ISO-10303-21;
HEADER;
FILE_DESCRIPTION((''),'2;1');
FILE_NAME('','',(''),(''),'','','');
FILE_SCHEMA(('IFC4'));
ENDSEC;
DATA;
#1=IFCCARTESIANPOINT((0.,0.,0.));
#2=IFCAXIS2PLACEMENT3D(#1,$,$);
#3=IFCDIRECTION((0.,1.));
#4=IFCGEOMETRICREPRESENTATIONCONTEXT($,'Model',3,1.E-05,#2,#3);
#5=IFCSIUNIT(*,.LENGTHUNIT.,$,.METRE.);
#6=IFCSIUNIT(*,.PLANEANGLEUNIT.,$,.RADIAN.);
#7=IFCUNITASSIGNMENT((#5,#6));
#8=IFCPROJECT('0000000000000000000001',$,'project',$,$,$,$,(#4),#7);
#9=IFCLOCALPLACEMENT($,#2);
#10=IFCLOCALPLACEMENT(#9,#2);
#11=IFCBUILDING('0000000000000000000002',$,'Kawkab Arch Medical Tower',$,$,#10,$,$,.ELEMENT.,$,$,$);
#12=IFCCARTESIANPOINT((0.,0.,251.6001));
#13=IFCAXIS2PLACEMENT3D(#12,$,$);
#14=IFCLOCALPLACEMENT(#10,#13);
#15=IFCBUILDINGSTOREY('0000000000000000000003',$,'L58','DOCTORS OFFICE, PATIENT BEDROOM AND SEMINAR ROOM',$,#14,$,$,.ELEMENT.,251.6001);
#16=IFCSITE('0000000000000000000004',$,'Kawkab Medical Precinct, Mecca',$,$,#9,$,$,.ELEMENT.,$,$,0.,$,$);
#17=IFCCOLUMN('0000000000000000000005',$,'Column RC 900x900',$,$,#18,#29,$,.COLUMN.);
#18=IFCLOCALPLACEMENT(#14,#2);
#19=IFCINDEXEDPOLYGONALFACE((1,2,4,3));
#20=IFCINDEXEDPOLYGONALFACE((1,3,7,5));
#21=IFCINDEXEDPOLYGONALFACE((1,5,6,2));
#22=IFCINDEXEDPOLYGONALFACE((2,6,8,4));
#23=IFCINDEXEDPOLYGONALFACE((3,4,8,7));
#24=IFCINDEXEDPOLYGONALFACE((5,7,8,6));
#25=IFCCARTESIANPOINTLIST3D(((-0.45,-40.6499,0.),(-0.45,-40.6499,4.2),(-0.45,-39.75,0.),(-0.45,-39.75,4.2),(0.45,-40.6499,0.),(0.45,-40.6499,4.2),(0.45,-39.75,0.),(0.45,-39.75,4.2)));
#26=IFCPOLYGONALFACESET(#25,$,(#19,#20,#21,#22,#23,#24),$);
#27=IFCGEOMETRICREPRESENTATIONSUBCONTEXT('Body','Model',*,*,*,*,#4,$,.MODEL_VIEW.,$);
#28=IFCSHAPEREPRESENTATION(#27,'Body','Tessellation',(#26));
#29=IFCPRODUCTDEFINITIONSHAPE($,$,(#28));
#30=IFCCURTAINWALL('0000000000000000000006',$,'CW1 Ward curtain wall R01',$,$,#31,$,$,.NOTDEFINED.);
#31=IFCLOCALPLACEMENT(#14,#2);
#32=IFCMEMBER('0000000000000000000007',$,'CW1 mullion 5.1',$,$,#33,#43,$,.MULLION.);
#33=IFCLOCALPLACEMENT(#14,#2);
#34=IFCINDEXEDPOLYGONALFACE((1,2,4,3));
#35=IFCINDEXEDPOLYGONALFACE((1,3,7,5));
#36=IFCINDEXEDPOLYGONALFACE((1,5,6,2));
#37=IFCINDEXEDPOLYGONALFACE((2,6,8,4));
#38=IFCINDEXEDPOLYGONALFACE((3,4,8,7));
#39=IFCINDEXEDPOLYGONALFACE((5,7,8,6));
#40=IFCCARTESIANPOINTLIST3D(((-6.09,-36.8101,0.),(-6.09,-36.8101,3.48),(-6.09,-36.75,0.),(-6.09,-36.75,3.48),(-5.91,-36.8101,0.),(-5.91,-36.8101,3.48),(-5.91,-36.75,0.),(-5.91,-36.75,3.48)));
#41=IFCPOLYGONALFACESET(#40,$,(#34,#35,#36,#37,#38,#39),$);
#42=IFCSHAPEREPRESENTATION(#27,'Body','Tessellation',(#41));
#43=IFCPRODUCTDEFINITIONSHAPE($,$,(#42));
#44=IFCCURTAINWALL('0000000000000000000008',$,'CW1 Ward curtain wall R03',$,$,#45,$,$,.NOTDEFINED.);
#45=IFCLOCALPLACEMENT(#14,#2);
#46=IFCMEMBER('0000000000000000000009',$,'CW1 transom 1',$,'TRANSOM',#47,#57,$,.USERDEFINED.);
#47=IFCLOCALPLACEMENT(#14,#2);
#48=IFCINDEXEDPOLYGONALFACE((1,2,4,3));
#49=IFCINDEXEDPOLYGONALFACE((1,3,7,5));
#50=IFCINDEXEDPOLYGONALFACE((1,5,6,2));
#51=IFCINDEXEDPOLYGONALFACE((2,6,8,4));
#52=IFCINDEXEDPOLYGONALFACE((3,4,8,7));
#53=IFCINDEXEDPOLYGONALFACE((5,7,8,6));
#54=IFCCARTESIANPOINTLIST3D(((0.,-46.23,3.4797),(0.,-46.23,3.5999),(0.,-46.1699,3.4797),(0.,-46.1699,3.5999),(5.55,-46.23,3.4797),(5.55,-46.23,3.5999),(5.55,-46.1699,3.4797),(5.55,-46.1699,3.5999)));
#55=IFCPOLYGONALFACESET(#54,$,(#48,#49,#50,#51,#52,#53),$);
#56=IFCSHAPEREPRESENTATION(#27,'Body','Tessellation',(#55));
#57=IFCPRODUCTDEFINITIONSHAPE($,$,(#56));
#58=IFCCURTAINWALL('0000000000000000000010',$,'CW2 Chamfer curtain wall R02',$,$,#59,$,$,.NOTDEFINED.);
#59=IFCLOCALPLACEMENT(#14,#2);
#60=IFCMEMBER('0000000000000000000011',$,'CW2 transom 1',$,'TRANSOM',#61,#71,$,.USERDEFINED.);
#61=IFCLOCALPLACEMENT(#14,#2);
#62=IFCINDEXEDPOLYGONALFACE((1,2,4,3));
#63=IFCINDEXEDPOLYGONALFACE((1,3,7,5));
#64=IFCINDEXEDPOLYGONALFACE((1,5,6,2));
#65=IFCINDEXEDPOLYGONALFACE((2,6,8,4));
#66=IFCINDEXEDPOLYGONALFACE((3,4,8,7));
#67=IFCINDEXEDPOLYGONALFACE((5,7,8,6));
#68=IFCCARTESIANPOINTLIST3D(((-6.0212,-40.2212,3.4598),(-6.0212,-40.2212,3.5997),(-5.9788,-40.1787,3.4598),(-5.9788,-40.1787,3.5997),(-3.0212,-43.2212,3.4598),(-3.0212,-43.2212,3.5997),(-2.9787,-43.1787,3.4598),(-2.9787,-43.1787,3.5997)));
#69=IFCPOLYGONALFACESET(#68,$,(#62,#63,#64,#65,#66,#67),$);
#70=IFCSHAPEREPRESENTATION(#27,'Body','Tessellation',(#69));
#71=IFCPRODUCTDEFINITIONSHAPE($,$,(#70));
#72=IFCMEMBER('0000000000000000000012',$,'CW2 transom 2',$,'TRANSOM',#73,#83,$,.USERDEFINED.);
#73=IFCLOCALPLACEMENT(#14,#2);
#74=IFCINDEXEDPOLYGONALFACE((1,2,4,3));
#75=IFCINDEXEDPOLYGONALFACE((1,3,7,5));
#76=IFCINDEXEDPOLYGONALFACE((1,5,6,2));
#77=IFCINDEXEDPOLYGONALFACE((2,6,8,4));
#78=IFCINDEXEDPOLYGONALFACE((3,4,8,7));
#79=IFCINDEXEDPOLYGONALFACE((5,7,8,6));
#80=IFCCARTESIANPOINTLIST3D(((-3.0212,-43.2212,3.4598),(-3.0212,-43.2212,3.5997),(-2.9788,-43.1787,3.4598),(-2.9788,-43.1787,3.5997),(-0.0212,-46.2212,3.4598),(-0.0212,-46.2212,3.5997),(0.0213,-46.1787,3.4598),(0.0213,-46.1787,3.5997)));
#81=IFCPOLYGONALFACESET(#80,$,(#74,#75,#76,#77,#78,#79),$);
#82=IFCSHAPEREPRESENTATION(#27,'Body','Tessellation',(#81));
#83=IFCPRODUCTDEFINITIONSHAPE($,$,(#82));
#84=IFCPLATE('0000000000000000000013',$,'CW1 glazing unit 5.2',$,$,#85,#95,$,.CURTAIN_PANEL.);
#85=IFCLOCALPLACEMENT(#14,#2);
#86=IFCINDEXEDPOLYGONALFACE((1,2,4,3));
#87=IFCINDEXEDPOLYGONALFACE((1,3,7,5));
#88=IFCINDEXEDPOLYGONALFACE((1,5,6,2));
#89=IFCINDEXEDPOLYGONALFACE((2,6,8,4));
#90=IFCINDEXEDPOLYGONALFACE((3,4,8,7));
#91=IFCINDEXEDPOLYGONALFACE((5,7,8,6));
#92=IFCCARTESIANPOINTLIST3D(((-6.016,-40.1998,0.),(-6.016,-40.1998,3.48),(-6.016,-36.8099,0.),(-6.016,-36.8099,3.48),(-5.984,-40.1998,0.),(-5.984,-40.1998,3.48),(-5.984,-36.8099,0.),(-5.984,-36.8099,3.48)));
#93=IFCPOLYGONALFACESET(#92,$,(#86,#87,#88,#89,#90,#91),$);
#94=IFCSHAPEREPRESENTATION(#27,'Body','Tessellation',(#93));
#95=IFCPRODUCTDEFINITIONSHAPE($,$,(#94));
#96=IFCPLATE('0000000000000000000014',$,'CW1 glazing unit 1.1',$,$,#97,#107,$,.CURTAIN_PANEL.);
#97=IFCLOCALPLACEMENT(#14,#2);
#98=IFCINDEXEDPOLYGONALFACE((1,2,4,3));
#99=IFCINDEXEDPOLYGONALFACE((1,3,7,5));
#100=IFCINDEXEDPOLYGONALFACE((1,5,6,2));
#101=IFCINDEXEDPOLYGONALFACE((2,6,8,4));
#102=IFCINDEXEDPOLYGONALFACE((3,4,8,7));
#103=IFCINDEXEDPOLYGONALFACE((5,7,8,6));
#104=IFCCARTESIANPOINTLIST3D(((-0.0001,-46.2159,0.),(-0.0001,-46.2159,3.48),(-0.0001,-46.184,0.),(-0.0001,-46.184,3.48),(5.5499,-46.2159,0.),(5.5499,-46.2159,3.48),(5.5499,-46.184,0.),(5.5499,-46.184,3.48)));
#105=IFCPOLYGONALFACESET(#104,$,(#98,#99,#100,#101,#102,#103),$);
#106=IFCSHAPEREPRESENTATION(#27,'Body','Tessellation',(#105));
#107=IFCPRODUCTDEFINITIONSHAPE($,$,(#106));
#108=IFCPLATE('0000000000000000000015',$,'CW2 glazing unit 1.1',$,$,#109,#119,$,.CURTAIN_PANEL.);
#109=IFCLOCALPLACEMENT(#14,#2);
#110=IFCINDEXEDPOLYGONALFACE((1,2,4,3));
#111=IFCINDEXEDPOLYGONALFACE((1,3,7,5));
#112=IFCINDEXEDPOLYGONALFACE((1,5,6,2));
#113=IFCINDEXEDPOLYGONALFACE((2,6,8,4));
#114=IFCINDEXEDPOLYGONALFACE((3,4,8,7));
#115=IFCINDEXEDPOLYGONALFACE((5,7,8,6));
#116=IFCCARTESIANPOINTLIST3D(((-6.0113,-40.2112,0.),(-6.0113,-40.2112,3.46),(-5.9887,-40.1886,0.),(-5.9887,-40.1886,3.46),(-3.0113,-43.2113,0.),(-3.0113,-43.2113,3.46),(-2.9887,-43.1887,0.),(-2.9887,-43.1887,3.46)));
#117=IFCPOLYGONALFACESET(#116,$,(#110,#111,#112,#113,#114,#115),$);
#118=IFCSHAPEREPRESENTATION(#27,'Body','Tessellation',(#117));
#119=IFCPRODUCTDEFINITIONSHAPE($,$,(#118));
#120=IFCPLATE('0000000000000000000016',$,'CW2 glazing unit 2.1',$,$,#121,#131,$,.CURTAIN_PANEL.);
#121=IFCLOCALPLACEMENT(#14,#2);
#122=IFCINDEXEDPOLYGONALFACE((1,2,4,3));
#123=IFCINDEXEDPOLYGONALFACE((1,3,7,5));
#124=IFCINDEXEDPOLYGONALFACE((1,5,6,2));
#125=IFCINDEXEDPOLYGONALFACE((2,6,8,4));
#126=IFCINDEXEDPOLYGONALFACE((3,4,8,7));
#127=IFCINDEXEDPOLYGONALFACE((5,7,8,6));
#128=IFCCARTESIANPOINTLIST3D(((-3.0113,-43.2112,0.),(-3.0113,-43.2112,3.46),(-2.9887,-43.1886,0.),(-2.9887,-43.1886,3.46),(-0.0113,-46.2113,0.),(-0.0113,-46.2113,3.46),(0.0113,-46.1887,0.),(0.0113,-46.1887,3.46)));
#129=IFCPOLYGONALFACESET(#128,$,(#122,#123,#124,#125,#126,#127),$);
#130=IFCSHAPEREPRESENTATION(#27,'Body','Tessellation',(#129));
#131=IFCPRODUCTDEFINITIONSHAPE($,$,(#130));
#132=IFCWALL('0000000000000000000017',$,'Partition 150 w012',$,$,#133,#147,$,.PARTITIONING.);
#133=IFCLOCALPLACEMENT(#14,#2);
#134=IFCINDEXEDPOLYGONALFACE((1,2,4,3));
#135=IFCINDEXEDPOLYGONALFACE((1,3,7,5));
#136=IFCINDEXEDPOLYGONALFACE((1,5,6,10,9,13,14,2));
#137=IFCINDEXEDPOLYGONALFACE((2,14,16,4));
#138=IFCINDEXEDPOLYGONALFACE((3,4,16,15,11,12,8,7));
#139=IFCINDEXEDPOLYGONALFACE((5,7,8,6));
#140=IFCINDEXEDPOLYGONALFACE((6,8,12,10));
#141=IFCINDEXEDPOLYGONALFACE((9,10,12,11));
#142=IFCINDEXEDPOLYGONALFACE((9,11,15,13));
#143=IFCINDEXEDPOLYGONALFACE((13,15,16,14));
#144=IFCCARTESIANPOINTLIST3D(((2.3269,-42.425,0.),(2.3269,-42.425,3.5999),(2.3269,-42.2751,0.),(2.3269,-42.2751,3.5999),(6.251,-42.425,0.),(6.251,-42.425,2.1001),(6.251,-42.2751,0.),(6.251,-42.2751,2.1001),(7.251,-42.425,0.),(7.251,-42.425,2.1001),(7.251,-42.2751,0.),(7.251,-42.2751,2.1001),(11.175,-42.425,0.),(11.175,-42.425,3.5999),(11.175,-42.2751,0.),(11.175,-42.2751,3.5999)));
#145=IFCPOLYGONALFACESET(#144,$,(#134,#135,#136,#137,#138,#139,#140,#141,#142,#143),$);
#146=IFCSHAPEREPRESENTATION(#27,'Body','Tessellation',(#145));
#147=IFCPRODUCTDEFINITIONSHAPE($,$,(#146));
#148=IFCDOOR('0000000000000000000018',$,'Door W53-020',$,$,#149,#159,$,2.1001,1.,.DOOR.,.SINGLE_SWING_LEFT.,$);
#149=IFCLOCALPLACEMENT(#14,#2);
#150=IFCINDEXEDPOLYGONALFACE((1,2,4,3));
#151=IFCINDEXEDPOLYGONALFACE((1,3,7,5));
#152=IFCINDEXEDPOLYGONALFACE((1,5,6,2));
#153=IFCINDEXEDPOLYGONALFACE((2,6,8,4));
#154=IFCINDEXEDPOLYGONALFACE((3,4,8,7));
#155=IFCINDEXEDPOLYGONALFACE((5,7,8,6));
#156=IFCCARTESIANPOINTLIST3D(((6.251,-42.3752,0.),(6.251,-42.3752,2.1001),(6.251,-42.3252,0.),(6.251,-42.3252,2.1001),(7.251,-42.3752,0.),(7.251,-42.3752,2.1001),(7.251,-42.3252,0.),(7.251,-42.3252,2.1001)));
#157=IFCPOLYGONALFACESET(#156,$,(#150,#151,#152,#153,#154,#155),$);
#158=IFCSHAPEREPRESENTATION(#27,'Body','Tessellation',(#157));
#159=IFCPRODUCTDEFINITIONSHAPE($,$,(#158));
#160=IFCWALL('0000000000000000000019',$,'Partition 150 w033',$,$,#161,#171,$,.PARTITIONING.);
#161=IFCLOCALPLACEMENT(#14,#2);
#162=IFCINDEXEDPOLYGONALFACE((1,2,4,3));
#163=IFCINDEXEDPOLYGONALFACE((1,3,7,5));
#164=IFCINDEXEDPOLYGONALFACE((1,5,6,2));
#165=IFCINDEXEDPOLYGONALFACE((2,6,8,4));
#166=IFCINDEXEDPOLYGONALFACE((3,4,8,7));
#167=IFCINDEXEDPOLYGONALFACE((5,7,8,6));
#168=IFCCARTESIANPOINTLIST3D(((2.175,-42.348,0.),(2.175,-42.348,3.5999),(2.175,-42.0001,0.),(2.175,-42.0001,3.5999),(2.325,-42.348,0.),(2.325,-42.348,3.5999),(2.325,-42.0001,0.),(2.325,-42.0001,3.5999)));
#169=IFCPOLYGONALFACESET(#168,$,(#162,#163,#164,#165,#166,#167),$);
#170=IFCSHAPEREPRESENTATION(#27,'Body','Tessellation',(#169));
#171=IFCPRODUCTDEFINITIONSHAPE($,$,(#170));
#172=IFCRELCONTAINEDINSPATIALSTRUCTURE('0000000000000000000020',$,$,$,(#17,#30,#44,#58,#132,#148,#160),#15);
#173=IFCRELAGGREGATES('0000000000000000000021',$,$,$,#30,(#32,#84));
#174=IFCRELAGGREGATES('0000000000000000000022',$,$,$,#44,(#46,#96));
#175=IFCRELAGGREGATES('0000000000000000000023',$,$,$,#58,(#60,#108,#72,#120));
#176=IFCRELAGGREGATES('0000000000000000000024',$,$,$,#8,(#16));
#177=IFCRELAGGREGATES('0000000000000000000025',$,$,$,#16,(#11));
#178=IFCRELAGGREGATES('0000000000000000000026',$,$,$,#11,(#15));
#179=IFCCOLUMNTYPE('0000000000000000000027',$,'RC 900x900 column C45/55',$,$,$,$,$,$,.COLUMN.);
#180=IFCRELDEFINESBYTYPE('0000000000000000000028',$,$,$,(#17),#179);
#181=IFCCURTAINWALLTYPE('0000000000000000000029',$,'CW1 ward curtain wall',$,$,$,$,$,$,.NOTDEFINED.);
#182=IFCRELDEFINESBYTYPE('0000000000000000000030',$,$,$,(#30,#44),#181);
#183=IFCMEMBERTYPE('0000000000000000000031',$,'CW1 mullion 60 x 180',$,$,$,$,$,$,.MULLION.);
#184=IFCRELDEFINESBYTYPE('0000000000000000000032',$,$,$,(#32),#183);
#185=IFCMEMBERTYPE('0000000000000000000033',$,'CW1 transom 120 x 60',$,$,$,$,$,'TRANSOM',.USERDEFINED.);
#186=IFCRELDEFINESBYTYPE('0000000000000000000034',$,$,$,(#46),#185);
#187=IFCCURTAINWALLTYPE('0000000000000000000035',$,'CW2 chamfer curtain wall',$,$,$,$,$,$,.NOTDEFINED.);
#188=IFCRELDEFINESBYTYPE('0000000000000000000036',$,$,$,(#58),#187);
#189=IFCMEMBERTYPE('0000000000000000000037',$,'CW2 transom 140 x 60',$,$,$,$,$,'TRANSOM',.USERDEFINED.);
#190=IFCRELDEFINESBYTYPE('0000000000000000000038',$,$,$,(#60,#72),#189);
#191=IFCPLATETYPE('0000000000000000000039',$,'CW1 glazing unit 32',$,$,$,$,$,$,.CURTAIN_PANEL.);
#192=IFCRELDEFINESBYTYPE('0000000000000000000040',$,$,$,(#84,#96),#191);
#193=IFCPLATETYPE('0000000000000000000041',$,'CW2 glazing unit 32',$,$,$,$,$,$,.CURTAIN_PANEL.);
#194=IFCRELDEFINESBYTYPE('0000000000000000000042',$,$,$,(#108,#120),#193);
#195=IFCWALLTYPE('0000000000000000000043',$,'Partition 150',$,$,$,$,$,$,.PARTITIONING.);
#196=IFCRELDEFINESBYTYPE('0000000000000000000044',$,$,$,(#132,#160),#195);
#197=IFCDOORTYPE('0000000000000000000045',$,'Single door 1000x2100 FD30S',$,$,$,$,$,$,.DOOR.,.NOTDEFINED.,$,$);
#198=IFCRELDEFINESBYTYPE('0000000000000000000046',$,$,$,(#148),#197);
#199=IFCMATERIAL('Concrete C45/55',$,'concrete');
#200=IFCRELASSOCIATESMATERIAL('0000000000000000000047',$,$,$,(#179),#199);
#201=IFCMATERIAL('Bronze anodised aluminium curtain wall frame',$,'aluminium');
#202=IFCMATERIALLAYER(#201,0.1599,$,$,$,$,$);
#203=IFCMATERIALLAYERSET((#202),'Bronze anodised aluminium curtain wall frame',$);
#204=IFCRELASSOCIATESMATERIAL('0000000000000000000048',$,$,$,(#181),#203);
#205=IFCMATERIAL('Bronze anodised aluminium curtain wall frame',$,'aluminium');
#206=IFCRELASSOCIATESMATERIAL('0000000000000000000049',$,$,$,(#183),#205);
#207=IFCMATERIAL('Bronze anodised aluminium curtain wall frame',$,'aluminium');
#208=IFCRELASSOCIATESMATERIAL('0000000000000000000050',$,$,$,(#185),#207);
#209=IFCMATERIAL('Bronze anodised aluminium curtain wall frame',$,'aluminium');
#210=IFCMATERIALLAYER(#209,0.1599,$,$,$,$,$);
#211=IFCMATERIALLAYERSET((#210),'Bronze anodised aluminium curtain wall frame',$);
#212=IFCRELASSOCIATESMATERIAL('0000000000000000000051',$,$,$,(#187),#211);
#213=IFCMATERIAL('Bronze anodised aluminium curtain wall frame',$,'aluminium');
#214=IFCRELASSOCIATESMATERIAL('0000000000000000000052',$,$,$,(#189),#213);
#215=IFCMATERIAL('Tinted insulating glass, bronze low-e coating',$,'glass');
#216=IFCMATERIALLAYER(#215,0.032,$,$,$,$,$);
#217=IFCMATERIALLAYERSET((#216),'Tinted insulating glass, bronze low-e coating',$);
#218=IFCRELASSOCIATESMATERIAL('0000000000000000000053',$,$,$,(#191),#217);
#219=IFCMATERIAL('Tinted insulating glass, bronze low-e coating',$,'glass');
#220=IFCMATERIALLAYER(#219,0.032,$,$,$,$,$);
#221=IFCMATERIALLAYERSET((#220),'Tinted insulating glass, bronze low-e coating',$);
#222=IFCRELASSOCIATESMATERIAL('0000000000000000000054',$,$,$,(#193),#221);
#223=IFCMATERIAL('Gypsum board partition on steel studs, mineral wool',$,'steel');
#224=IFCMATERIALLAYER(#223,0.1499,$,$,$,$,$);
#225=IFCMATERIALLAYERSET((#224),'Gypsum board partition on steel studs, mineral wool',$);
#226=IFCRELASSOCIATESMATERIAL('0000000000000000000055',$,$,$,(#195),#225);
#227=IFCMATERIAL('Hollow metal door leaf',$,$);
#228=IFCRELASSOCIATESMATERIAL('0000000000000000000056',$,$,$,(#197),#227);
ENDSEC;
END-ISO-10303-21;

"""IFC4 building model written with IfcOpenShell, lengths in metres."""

from ifc_helpers import new_model, si_unit, direction, frame, frame_2d, origin, origin_2d, place, context, subcontext, project, spatial, rectangle, extrude, material, layer, layer_set, material_profile, profile_set, type_object, element, fill, aggregate, save


model = new_model("IFC4")

# Units and contexts
model_context = context("Model", 3, precision=1e-05, world=origin(), true_north=direction((0.0, 1.0)))
body_context = subcontext(model_context, "Body", "Model", "MODEL_VIEW")
ifc_project = project(units=[si_unit("LENGTHUNIT", "METRE"), si_unit("PLANEANGLEUNIT", "RADIAN")], contexts=[model_context])

# Site, building, storey
site_placement = place(None, origin())
site = spatial("IfcSite", under=ifc_project, at=site_placement, Name="Kawkab Medical Precinct, Mecca", CompositionType="ELEMENT", RefElevation=0.0)
building_placement = place(site_placement, origin())
building = spatial("IfcBuilding", under=site, at=building_placement, Name="Kawkab Arch Medical Tower", CompositionType="ELEMENT")
storey_placement = place(building_placement, frame((0.0, 0.0, 251.6001)))
storey = spatial("IfcBuildingStorey", under=building, at=storey_placement, Name="L58", Description="DOCTORS OFFICE, PATIENT BEDROOM AND SEMINAR ROOM", CompositionType="ELEMENT", Elevation=251.6001)

# Column
ifc_material_1 = material(Name="Concrete C45/55", Category="concrete")
ifc_material_profile_1 = material_profile(ifc_material_1, rectangle(XDim=0.8999, YDim=0.8999, at=origin_2d()), Name="RC 900x900")
ifc_profile_set_1 = profile_set([ifc_material_profile_1], Name="Concrete C45/55")
column_type = type_object("IfcColumnType", Name="RC 900x900 column C45/55", PredefinedType="COLUMN", material=ifc_profile_set_1)
column_placement = place(storey_placement, frame((0.0, -40.2, 0.0), z_axis=(0.0, 0.0, 1.0), x_axis=(1.0, 0.0, 0.0)))
element("IfcColumn", 1, at=column_placement, inside=storey, type_object=column_type, Name="Column RC 900x900", PredefinedType="COLUMN", context=body_context, shape_type="SweptSolid", body=[
    extrude(rectangle(XDim=0.8999, YDim=0.8999, at=origin_2d()), origin(), (0.0, 0.0, 1.0), 4.2),
])

# Curtain walls, members
ifc_material_2 = material(Name="Bronze anodised aluminium curtain wall frame", Category="aluminium")
ifc_layer_1 = layer(ifc_material_2, 0.1599)
ifc_layer_set_1 = layer_set([ifc_layer_1], Name="Bronze anodised aluminium curtain wall frame")
curtain_wall_type_1 = type_object("IfcCurtainWallType", Name="CW1 ward curtain wall", PredefinedType="NOTDEFINED", material=ifc_layer_set_1)
placement = place(storey_placement, origin())
curtain_wall_1 = element("IfcCurtainWall", 2, at=placement, inside=storey, type_object=curtain_wall_type_1, Name="CW1 Ward curtain wall R01", PredefinedType="NOTDEFINED")
ifc_material_3 = material(Name="Bronze anodised aluminium curtain wall frame", Category="aluminium")
ifc_material_profile_2 = material_profile(ifc_material_3, rectangle(XDim=0.1799, YDim=0.0601, at=origin_2d()), Name="AL 60x180")
ifc_profile_set_2 = profile_set([ifc_material_profile_2], Name="Bronze anodised aluminium curtain wall frame")
member_type_1 = type_object("IfcMemberType", Name="CW1 mullion 60 x 180", PredefinedType="MULLION", material=ifc_profile_set_2)
member_1_placement = place(storey_placement, frame((-6.0, -36.78, 0.0), z_axis=(0.0, 0.0, 1.0), x_axis=(1.0, 0.0, 0.0)))
member_1 = element("IfcMember", 3, at=member_1_placement, type_object=member_type_1, Name="CW1 mullion 5.1", PredefinedType="MULLION", context=body_context, shape_type="SweptSolid", body=[
    extrude(rectangle(XDim=0.1799, YDim=0.0601, at=origin_2d()), origin(), (0.0, 0.0, 1.0), 3.48),
])
curtain_wall_2 = element("IfcCurtainWall", 4, at=placement, inside=storey, type_object=curtain_wall_type_1, Name="CW1 Ward curtain wall R03", PredefinedType="NOTDEFINED")
ifc_material_4 = material(Name="Bronze anodised aluminium curtain wall frame", Category="aluminium")
ifc_material_profile_3 = material_profile(ifc_material_4, rectangle(XDim=0.0601, YDim=0.1201, at=origin_2d()), Name="AL 60x120")
ifc_profile_set_3 = profile_set([ifc_material_profile_3], Name="Bronze anodised aluminium curtain wall frame")
member_type_2 = type_object("IfcMemberType", Name="CW1 transom 120 x 60", ElementType="TRANSOM", PredefinedType="USERDEFINED", material=ifc_profile_set_3)
member_2_placement = place(storey_placement, frame((0.0, -46.2, 3.5398), z_axis=(1.0, 0.0, 0.0), x_axis=(0.0, 1.0, 0.0)))
member_2 = element("IfcMember", 5, at=member_2_placement, type_object=member_type_2, Name="CW1 transom 1", ObjectType="TRANSOM", PredefinedType="USERDEFINED", context=body_context, shape_type="SweptSolid", body=[
    extrude(rectangle(XDim=0.0601, YDim=0.1201, at=origin_2d()), origin(), (0.0, 0.0, 1.0), 5.55),
])

# Curtain wall, members
ifc_material_5 = material(Name="Bronze anodised aluminium curtain wall frame", Category="aluminium")
ifc_layer_2 = layer(ifc_material_5, 0.1599)
ifc_layer_set_2 = layer_set([ifc_layer_2], Name="Bronze anodised aluminium curtain wall frame")
curtain_wall_type_2 = type_object("IfcCurtainWallType", Name="CW2 chamfer curtain wall", PredefinedType="NOTDEFINED", material=ifc_layer_set_2)
curtain_wall_3 = element("IfcCurtainWall", 6, at=placement, inside=storey, type_object=curtain_wall_type_2, Name="CW2 Chamfer curtain wall R02", PredefinedType="NOTDEFINED")
ifc_material_6 = material(Name="Bronze anodised aluminium curtain wall frame", Category="aluminium")
ifc_material_profile_4 = material_profile(ifc_material_6, rectangle(XDim=0.0601, YDim=0.1399, at=origin_2d()), Name="AL 60x140")
ifc_profile_set_4 = profile_set([ifc_material_profile_4], Name="Bronze anodised aluminium curtain wall frame")
member_type_3 = type_object("IfcMemberType", Name="CW2 transom 140 x 60", ElementType="TRANSOM", PredefinedType="USERDEFINED", material=ifc_profile_set_4)
member_3_placement = place(storey_placement, frame((-6.0, -40.2, 3.5298), z_axis=(0.707107, -0.707107, 0.0), x_axis=(0.707107, 0.707107, 0.0)))
member_3 = element("IfcMember", 7, at=member_3_placement, type_object=member_type_3, Name="CW2 transom 1", ObjectType="TRANSOM", PredefinedType="USERDEFINED", context=body_context, shape_type="SweptSolid", body=[
    extrude(rectangle(XDim=0.0601, YDim=0.1399, at=origin_2d()), origin(), (0.0, 0.0, 1.0), 4.2427),
])
member_4_placement = place(storey_placement, frame((-3.0, -43.2, 3.5298), z_axis=(0.707107, -0.707107, 0.0), x_axis=(0.707107, 0.707107, 0.0)))
member_4 = element("IfcMember", 8, at=member_4_placement, type_object=member_type_3, Name="CW2 transom 2", ObjectType="TRANSOM", PredefinedType="USERDEFINED", context=body_context, shape_type="SweptSolid", body=[
    extrude(rectangle(XDim=0.0601, YDim=0.1399, at=origin_2d()), origin(), (0.0, 0.0, 1.0), 4.2427),
])

# Plates
ifc_material_7 = material(Name="Tinted insulating glass, bronze low-e coating", Category="glass")
ifc_layer_3 = layer(ifc_material_7, 0.032)
ifc_layer_set_3 = layer_set([ifc_layer_3], Name="Tinted insulating glass, bronze low-e coating")
plate_type_1 = type_object("IfcPlateType", Name="CW1 glazing unit 32", PredefinedType="CURTAIN_PANEL", material=ifc_layer_set_3)
plate_1_placement = place(storey_placement, frame((-6.0, -38.5049, 0.0), z_axis=(0.0, 0.0, 1.0), x_axis=(0.0, -1.0, 0.0)))
plate_1 = element("IfcPlate", 9, at=plate_1_placement, type_object=plate_type_1, Name="CW1 glazing unit 5.2", PredefinedType="CURTAIN_PANEL", context=body_context, shape_type="SweptSolid", body=[
    extrude(rectangle(XDim=3.3899, YDim=0.032, at=origin_2d()), origin(), (0.0, 0.0, 1.0), 3.48),
])
aggregate(curtain_wall_1, [member_1, plate_1])
plate_2_placement = place(storey_placement, frame((2.7749, -46.2, 0.0), z_axis=(0.0, 0.0, 1.0), x_axis=(1.0, 0.0, 0.0)))
plate_2 = element("IfcPlate", 10, at=plate_2_placement, type_object=plate_type_1, Name="CW1 glazing unit 1.1", PredefinedType="CURTAIN_PANEL", context=body_context, shape_type="SweptSolid", body=[
    extrude(rectangle(XDim=5.55, YDim=0.032, at=origin_2d()), origin(), (0.0, 0.0, 1.0), 3.48),
])
aggregate(curtain_wall_2, [member_2, plate_2])
ifc_material_8 = material(Name="Tinted insulating glass, bronze low-e coating", Category="glass")
ifc_layer_4 = layer(ifc_material_8, 0.032)
ifc_layer_set_4 = layer_set([ifc_layer_4], Name="Tinted insulating glass, bronze low-e coating")
plate_type_2 = type_object("IfcPlateType", Name="CW2 glazing unit 32", PredefinedType="CURTAIN_PANEL", material=ifc_layer_set_4)
plate_3_placement = place(storey_placement, frame((-4.5, -41.7, 0.0), z_axis=(0.0, 0.0, 1.0), x_axis=(0.707107, -0.707107, 0.0)))
plate_3 = element("IfcPlate", 11, at=plate_3_placement, type_object=plate_type_2, Name="CW2 glazing unit 1.1", PredefinedType="CURTAIN_PANEL", context=body_context, shape_type="SweptSolid", body=[
    extrude(rectangle(XDim=4.2427, YDim=0.032, at=origin_2d()), origin(), (0.0, 0.0, 1.0), 3.46),
])
plate_4_placement = place(storey_placement, frame((-1.5, -44.7, 0.0), z_axis=(0.0, 0.0, 1.0), x_axis=(0.707107, -0.707107, 0.0)))
plate_4 = element("IfcPlate", 12, at=plate_4_placement, type_object=plate_type_2, Name="CW2 glazing unit 2.1", PredefinedType="CURTAIN_PANEL", context=body_context, shape_type="SweptSolid", body=[
    extrude(rectangle(XDim=4.2427, YDim=0.032, at=origin_2d()), origin(), (0.0, 0.0, 1.0), 3.46),
])
aggregate(curtain_wall_3, [member_3, plate_3, member_4, plate_4])

# Wall, opening, door
ifc_material_9 = material(Name="Gypsum board partition on steel studs, mineral wool", Category="steel")
ifc_layer_5 = layer(ifc_material_9, 0.1499)
ifc_layer_set_5 = layer_set([ifc_layer_5], Name="Gypsum board partition on steel studs, mineral wool")
wall_type_1 = type_object("IfcWallType", Name="Partition 150", PredefinedType="PARTITIONING", material=ifc_layer_set_5)
wall_1_placement = place(storey_placement, frame((2.3269, -42.3501, 0.0), z_axis=(0.0, 0.0, 1.0), x_axis=(1.0, 0.0, 0.0)))
wall_1 = element("IfcWall", 13, at=wall_1_placement, inside=storey, type_object=wall_type_1, Name="Partition 150 w012", PredefinedType="PARTITIONING", context=body_context, shape_type="SweptSolid", body=[
    extrude(rectangle(XDim=8.8481, YDim=0.1499, at=frame_2d((4.4241, 0.0))), origin(), (0.0, 0.0, 1.0), 3.5999),
])
opening_1_placement = place(wall_1_placement, frame((3.9241, 0.0, 0.0)))
opening_1 = element("IfcOpeningElement", 14, at=opening_1_placement, cuts=wall_1, PredefinedType="OPENING", context=body_context, shape_type="SweptSolid", body=[
    extrude(rectangle(XDim=1.0, YDim=2.1001, at=frame_2d((0.5, 1.05))), frame((0.0, 0.085, 0.0), z_axis=(0.0, -1.0, 0.0), x_axis=(1.0, 0.0, 0.0)), (0.0, 0.0, 1.0), 0.1699),
])
ifc_material_10 = material(Name="Hollow metal door leaf")
door_type_1 = type_object("IfcDoorType", Name="Single door 1000x2100 FD30S", OperationType="NOTDEFINED", PredefinedType="DOOR", material=ifc_material_10)
door_1_placement = place(opening_1_placement, origin())
door_1 = element("IfcDoor", 15, at=door_1_placement, inside=storey, type_object=door_type_1, Name="Door W53-020", OperationType="SINGLE_SWING_LEFT", OverallHeight=2.1001, OverallWidth=1.0, PredefinedType="DOOR", context=body_context, shape_type="SweptSolid", body=[
    extrude(rectangle(XDim=1.0, YDim=2.1001, at=frame_2d((0.5, 1.05))), frame((0.0, 0.0249, 0.0), z_axis=(0.0, -1.0, 0.0), x_axis=(1.0, 0.0, 0.0)), (0.0, 0.0, 1.0), 0.05),
])
fill(opening_1, door_1)

# Wall
wall_2_placement = place(storey_placement, frame((2.25, -42.3479, 0.0), z_axis=(0.0, 0.0, 1.0), x_axis=(0.0, 1.0, 0.0)))
element("IfcWall", 16, at=wall_2_placement, inside=storey, type_object=wall_type_1, Name="Partition 150 w033", PredefinedType="PARTITIONING", context=body_context, shape_type="SweptSolid", body=[
    extrude(rectangle(XDim=0.3479, YDim=0.1499, at=frame_2d((0.1738, 0.0))), origin(), (0.0, 0.0, 1.0), 3.5999),
])

save(model, "model.ifc")
